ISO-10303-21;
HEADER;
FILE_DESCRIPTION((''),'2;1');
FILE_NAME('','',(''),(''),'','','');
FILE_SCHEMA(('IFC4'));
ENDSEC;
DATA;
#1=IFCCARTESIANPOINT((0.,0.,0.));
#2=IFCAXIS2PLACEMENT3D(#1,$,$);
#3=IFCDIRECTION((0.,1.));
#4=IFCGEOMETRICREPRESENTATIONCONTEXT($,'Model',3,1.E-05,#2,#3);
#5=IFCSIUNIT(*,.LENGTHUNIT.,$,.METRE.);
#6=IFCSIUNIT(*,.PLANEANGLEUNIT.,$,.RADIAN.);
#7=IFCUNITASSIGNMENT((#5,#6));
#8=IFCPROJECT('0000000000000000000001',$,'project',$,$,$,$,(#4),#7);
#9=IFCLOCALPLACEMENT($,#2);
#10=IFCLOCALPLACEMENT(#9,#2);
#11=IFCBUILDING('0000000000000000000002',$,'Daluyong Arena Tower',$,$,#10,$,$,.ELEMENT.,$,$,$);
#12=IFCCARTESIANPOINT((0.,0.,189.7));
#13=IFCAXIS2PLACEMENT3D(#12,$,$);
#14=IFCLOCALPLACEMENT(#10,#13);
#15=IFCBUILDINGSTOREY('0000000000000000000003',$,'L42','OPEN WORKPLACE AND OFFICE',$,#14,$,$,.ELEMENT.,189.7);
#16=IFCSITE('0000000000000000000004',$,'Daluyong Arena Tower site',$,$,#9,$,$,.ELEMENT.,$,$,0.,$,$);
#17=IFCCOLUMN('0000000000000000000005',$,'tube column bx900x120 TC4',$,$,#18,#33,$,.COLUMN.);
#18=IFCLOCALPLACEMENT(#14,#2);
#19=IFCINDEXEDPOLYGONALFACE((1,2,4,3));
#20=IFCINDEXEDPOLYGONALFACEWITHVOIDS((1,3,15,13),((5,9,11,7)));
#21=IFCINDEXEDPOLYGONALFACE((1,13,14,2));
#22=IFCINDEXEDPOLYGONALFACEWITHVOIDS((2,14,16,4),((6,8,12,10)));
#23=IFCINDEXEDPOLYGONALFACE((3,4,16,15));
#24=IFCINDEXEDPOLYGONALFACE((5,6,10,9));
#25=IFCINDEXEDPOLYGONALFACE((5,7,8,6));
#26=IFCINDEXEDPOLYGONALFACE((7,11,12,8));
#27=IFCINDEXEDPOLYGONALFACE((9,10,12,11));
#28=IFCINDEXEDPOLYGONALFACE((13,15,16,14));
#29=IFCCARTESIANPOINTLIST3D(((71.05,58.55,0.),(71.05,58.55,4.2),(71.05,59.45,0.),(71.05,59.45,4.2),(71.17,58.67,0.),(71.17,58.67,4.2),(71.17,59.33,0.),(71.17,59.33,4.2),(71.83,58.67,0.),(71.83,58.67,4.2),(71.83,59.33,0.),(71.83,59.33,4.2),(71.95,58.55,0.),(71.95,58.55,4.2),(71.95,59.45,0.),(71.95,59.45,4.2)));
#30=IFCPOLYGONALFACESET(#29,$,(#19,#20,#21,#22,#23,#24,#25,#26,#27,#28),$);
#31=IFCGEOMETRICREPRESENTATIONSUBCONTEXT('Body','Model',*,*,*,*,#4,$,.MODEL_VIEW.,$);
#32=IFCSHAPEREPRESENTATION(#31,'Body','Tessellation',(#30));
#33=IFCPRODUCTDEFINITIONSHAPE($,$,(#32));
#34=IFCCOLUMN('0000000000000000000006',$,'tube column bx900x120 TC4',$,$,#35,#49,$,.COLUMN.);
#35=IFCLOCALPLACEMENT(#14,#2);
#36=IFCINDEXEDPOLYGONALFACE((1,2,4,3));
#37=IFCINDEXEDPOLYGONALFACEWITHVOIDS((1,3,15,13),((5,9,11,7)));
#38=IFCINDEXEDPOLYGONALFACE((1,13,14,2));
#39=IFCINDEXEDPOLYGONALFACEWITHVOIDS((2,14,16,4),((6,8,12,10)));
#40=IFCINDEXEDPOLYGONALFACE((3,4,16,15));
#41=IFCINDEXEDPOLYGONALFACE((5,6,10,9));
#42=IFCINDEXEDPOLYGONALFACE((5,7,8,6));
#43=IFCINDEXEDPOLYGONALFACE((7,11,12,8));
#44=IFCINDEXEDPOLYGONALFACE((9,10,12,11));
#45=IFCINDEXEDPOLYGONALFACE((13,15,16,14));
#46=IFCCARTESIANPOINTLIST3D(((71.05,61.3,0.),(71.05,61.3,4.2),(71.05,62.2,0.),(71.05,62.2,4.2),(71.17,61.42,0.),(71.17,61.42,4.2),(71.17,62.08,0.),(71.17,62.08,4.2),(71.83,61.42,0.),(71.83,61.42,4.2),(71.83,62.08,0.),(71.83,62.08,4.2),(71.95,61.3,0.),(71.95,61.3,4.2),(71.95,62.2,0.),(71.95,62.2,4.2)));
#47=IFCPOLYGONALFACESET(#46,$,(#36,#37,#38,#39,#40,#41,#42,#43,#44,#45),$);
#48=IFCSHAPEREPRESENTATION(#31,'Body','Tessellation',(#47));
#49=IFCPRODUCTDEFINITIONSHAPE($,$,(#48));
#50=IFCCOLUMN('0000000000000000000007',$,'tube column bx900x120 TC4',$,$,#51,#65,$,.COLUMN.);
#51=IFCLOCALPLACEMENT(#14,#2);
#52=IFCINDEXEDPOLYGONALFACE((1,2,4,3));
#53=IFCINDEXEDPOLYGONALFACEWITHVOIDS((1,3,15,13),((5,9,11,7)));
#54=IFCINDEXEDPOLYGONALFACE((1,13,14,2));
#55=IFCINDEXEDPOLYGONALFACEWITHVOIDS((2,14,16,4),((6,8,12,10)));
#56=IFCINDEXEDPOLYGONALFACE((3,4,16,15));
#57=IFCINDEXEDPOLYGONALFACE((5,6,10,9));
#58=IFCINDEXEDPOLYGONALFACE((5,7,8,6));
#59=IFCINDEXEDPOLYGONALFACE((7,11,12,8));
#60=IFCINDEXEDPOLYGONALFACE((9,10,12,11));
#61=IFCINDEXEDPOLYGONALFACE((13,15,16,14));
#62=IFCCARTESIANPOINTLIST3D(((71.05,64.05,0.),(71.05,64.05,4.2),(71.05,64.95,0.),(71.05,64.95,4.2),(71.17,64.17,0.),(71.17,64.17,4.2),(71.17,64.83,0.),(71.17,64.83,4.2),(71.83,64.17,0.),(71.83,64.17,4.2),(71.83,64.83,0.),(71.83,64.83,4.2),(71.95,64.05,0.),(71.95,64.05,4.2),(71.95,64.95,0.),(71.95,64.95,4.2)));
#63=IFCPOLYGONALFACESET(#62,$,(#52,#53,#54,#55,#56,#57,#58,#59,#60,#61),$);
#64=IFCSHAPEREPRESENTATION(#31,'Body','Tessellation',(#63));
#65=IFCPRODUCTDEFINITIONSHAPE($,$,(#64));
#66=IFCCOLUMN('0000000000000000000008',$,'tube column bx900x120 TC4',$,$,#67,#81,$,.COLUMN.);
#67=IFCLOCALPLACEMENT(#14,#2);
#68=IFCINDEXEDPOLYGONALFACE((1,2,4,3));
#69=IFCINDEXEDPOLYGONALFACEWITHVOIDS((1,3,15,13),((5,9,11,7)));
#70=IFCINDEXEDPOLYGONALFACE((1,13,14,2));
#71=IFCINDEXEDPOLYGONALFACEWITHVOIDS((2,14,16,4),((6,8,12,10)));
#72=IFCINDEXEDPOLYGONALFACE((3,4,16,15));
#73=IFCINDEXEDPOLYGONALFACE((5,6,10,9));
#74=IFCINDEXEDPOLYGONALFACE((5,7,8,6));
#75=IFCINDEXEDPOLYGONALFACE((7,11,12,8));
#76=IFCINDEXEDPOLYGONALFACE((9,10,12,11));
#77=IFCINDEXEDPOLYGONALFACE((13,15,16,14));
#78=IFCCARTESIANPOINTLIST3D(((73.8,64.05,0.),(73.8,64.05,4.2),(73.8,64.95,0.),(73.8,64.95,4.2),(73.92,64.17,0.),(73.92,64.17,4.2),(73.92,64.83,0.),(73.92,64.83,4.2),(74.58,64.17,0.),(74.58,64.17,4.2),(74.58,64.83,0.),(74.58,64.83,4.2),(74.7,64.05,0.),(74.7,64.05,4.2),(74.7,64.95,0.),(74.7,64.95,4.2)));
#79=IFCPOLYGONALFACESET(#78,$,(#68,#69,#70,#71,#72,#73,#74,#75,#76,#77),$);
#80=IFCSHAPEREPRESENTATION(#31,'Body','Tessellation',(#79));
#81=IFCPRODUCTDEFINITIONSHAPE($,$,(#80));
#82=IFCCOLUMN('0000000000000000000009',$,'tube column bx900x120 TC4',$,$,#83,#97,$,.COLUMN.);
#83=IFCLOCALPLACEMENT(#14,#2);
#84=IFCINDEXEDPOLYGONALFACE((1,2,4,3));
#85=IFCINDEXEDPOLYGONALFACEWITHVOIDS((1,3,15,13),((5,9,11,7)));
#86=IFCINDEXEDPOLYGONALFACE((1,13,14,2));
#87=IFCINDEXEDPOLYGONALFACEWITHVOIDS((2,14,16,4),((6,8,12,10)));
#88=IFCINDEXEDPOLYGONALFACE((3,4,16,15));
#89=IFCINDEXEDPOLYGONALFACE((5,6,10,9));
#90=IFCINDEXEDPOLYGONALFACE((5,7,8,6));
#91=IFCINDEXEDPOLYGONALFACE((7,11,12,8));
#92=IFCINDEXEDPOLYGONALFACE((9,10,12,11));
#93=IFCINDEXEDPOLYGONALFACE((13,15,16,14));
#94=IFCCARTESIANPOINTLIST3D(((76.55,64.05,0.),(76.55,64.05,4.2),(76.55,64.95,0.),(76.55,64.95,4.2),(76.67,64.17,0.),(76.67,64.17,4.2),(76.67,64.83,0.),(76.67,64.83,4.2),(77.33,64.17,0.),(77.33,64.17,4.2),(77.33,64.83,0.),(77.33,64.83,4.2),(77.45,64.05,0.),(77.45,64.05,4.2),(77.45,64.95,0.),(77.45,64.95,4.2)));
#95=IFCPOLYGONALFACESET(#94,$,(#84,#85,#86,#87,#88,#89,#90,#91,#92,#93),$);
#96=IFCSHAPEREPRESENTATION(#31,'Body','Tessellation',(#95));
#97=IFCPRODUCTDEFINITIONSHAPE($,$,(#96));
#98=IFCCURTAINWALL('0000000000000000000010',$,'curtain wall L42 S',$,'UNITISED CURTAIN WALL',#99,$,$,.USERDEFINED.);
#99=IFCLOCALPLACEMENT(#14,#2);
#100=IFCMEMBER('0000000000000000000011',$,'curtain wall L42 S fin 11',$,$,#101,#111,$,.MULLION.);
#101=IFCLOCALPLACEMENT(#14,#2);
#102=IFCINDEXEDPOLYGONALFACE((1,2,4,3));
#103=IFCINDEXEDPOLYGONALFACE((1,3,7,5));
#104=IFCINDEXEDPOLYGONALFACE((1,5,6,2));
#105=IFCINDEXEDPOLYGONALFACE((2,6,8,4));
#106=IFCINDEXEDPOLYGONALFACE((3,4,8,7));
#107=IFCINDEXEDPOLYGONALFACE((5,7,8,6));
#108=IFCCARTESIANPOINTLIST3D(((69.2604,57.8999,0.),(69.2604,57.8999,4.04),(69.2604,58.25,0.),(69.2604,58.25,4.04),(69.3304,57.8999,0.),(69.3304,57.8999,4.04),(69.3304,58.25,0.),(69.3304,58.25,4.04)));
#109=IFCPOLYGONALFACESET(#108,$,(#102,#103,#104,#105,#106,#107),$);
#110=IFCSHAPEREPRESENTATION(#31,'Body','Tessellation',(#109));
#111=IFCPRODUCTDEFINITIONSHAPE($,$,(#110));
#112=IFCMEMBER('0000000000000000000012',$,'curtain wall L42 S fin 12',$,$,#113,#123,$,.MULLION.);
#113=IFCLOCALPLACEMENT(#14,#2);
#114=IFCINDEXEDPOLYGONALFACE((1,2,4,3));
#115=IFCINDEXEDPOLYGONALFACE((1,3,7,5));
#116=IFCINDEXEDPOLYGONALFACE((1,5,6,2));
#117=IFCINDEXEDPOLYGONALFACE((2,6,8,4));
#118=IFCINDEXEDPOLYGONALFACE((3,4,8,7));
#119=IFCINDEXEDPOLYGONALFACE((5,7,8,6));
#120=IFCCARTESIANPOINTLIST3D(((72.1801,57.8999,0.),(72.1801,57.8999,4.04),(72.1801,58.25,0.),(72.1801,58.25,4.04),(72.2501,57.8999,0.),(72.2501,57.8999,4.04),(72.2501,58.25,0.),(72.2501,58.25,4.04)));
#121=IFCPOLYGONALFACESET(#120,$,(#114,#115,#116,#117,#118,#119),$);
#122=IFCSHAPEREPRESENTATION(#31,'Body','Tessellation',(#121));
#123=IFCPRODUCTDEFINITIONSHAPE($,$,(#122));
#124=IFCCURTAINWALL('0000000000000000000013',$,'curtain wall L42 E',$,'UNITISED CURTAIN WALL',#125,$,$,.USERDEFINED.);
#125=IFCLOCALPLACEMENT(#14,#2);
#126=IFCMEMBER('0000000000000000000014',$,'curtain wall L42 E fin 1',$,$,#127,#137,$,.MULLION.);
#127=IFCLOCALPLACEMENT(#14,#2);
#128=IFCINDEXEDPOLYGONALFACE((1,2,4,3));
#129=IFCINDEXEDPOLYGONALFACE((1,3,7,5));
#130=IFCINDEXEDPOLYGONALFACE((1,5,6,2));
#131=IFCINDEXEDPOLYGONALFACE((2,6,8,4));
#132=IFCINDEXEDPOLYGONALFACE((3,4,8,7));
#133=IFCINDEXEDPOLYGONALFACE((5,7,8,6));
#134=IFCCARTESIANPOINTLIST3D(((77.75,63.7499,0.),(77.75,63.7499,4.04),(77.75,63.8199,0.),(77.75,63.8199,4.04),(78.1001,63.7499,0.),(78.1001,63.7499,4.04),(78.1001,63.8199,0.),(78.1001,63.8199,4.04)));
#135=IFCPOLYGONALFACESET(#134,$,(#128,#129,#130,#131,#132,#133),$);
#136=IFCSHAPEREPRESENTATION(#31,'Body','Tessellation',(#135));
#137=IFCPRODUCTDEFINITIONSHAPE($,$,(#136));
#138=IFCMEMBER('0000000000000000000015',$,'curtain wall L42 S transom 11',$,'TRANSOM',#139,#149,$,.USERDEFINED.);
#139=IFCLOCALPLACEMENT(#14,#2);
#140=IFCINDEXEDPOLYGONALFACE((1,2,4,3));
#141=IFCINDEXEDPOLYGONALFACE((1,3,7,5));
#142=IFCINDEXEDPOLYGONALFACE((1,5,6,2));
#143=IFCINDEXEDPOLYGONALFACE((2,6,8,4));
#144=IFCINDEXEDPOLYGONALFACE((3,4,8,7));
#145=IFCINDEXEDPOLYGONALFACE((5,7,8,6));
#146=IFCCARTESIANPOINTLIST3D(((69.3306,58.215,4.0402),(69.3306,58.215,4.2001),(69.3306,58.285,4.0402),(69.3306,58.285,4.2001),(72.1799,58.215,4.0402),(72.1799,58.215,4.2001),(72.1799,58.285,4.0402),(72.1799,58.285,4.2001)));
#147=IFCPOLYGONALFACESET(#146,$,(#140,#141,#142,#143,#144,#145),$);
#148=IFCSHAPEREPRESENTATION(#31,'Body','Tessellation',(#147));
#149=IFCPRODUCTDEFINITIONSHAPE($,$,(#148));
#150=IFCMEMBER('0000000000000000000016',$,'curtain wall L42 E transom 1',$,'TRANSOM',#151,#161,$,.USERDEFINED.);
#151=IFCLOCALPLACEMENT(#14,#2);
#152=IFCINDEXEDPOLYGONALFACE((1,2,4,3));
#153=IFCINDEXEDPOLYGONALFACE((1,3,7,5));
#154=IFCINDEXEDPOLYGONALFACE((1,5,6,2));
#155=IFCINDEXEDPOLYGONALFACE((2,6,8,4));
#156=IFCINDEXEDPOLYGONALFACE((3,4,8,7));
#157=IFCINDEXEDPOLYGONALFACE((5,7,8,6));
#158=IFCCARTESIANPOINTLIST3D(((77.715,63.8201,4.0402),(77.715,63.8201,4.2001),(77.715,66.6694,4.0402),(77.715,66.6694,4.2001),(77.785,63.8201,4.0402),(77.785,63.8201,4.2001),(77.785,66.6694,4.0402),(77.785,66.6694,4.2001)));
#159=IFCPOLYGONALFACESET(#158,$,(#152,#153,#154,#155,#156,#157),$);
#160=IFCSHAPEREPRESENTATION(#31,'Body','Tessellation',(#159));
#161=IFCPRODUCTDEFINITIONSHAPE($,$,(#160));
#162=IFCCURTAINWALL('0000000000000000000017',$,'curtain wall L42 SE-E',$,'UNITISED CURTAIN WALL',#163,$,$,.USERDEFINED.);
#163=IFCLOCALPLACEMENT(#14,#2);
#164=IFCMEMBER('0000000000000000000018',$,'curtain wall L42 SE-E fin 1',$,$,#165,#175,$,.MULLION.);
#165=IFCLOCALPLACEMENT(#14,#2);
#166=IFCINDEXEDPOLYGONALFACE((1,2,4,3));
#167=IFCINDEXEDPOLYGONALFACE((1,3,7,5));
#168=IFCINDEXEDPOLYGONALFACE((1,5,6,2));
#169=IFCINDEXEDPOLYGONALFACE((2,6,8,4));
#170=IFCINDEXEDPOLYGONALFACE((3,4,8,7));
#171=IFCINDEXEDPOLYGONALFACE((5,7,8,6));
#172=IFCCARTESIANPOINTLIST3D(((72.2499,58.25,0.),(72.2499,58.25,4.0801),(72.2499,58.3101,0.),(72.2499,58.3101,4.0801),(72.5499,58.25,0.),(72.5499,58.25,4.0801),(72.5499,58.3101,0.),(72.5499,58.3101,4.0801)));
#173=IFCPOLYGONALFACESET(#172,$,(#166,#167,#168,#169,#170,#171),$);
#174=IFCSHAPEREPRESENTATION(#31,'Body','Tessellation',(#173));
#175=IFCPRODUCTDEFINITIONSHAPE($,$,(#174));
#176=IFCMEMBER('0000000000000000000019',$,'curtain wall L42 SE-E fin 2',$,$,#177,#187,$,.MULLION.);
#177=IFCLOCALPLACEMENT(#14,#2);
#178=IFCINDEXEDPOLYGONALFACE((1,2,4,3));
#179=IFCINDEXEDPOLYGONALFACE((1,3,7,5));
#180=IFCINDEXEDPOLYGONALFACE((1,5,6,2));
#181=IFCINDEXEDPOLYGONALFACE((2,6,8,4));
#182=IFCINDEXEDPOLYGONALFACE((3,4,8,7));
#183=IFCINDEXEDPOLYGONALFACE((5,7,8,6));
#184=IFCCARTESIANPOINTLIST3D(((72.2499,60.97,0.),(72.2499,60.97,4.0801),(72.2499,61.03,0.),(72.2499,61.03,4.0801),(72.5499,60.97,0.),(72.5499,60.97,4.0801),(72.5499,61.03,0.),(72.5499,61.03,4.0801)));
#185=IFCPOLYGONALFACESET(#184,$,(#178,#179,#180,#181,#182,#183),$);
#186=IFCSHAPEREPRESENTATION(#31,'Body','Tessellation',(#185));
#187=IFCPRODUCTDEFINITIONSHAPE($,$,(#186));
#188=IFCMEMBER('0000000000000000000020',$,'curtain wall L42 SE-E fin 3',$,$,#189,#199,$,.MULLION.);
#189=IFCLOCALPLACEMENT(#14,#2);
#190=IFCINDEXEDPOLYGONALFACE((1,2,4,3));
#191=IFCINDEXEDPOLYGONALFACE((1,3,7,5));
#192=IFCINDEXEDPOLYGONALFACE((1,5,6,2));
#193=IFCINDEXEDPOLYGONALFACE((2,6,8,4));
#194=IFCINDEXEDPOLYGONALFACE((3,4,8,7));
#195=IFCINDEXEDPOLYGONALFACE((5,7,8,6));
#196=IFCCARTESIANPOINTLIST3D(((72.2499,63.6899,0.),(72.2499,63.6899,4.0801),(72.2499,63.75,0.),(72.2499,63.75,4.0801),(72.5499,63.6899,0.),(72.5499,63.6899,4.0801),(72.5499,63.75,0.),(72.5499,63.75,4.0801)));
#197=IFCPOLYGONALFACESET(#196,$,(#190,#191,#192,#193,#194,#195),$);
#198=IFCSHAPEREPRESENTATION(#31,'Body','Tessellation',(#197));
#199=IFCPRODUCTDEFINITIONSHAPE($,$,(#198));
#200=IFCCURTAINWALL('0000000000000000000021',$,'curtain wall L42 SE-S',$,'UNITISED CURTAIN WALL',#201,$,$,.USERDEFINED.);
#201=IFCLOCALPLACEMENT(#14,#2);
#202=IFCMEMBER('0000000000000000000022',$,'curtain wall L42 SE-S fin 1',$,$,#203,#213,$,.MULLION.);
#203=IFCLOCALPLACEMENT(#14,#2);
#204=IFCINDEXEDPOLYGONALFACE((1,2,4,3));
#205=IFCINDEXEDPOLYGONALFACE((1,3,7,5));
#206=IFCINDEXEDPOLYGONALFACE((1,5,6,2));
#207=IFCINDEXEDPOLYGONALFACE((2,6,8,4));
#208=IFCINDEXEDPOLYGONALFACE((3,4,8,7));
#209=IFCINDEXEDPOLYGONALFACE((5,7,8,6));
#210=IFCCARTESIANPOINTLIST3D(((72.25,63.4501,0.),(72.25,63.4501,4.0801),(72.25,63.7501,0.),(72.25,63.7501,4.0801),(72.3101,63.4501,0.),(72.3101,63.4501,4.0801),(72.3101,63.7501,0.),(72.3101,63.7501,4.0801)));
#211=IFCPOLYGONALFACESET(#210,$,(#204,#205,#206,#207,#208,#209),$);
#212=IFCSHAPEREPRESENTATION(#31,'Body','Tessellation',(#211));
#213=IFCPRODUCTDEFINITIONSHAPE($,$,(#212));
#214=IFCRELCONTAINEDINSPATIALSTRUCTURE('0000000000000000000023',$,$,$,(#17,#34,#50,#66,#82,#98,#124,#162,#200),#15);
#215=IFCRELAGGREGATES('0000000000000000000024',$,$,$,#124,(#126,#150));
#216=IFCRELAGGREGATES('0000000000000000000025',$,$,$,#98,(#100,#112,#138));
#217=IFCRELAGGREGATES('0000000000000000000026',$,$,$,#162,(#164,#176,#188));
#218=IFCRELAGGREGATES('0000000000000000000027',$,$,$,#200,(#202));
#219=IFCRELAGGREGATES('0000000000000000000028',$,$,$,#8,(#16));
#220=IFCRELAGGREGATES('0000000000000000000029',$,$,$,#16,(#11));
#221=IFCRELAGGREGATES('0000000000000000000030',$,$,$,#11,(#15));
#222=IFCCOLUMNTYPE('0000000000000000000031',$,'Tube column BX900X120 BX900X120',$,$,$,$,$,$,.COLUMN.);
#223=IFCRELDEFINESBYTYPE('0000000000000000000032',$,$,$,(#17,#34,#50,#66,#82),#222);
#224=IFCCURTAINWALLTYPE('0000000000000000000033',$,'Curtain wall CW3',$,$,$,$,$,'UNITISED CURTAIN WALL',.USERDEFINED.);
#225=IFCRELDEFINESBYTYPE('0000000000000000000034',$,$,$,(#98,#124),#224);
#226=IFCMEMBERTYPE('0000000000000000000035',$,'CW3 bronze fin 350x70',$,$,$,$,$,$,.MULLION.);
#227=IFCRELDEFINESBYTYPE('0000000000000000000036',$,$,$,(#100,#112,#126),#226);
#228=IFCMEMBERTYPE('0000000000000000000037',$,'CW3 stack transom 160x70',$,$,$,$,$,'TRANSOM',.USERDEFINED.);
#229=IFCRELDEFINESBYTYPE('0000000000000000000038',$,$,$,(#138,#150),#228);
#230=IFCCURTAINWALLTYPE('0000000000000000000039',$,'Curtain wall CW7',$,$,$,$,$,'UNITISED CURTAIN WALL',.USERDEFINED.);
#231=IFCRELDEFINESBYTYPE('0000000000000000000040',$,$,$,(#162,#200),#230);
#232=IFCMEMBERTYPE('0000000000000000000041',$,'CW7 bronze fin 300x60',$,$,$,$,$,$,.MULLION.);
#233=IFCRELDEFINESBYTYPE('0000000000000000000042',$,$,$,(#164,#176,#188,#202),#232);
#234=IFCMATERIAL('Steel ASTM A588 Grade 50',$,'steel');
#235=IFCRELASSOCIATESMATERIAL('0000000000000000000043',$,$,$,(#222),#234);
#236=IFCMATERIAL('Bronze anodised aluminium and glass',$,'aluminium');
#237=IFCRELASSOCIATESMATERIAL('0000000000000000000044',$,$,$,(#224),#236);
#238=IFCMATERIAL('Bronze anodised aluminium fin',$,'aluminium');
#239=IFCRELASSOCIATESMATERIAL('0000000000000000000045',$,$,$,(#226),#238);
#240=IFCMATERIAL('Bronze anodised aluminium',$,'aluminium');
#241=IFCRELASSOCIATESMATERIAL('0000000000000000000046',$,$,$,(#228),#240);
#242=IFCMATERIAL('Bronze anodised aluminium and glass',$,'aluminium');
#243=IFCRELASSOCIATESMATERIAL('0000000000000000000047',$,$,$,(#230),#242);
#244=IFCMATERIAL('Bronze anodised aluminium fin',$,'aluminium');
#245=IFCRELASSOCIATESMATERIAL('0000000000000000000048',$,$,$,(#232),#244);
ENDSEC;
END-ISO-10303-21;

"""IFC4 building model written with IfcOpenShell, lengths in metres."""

from ifc_helpers import new_model, si_unit, direction, frame, origin, origin_2d, place, context, subcontext, project, spatial, rectangle, hollow_rectangle, extrude, material, material_profile, profile_set, type_object, element, aggregate, save


model = new_model("IFC4")

# Units and contexts
model_context = context("Model", 3, precision=1e-05, world=origin(), true_north=direction((0.0, 1.0)))
body_context = subcontext(model_context, "Body", "Model", "MODEL_VIEW")
ifc_project = project(units=[si_unit("LENGTHUNIT", "METRE"), si_unit("PLANEANGLEUNIT", "RADIAN")], contexts=[model_context])

# Site, building, storey
site_placement = place(None, origin())
site = spatial("IfcSite", under=ifc_project, at=site_placement, Name="Daluyong Arena Tower site", CompositionType="ELEMENT", RefElevation=0.0)
building_placement = place(site_placement, origin())
building = spatial("IfcBuilding", under=site, at=building_placement, Name="Daluyong Arena Tower", CompositionType="ELEMENT")
storey_placement = place(building_placement, frame((0.0, 0.0, 189.7)))
storey = spatial("IfcBuildingStorey", under=building, at=storey_placement, Name="L42", Description="OPEN WORKPLACE AND OFFICE", CompositionType="ELEMENT", Elevation=189.7)

# Columns
ifc_material_1 = material(Name="Steel ASTM A588 Grade 50", Category="steel")
ifc_material_profile_1 = material_profile(ifc_material_1, hollow_rectangle(XDim=0.8999, YDim=0.8999, WallThickness=0.12, at=origin_2d()))
ifc_profile_set_1 = profile_set([ifc_material_profile_1], Name="Steel ASTM A588 Grade 50")
column_type = type_object("IfcColumnType", Name="Tube column BX900X120 BX900X120", PredefinedType="COLUMN", material=ifc_profile_set_1)
for number, where, z_axis, x_axis, name in (
    (1, (71.5, 59.0, 0.0), (0.0, 0.0, 1.0), (0.0, 1.0, 0.0), "tube column bx900x120 TC4"),
    (2, (71.5, 61.75, 0.0), (0.0, 0.0, 1.0), (0.0, 1.0, 0.0), "tube column bx900x120 TC4"),
    (3, (71.5, 64.5, 0.0), (0.0, 0.0, 1.0), (1.0, 0.0, 0.0), "tube column bx900x120 TC4"),
    (4, (74.25, 64.5, 0.0), (0.0, 0.0, 1.0), (1.0, 0.0, 0.0), "tube column bx900x120 TC4"),
    (5, (77.0, 64.5, 0.0), (0.0, 0.0, 1.0), (0.0, 1.0, 0.0), "tube column bx900x120 TC4"),
):
    element("IfcColumn", number, at=place(storey_placement, frame(where, z_axis=z_axis, x_axis=x_axis)), inside=storey, type_object=column_type, Name=name, PredefinedType="COLUMN", context=body_context, shape_type="SweptSolid", body=[
        extrude(hollow_rectangle(XDim=0.8999, YDim=0.8999, WallThickness=0.12, at=origin_2d()), origin(), (0.0, 0.0, 1.0), 4.2),
    ])

# Curtain wall, members
ifc_material_2 = material(Name="Bronze anodised aluminium and glass", Category="aluminium")
curtain_wall_type_1 = type_object("IfcCurtainWallType", Name="Curtain wall CW3", ElementType="UNITISED CURTAIN WALL", PredefinedType="USERDEFINED", material=ifc_material_2)
curtain_wall_1_placement = place(storey_placement, origin())
curtain_wall_1 = element("IfcCurtainWall", 6, at=curtain_wall_1_placement, inside=storey, type_object=curtain_wall_type_1, Name="curtain wall L42 S", ObjectType="UNITISED CURTAIN WALL", PredefinedType="USERDEFINED")
ifc_material_3 = material(Name="Bronze anodised aluminium fin", Category="aluminium")
ifc_material_profile_2 = material_profile(ifc_material_3, rectangle(XDim=0.3501, YDim=0.0701, at=origin_2d()))
ifc_profile_set_2 = profile_set([ifc_material_profile_2], Name="Bronze anodised aluminium fin")
member_type_1 = type_object("IfcMemberType", Name="CW3 bronze fin 350x70", PredefinedType="MULLION", material=ifc_profile_set_2)
member_1_placement = place(storey_placement, frame((69.2954, 58.075, 0.0), z_axis=(0.0, 0.0, 1.0), x_axis=(0.0, 1.0, 0.0)))
member_1 = element("IfcMember", 7, at=member_1_placement, type_object=member_type_1, Name="curtain wall L42 S fin 11", PredefinedType="MULLION", context=body_context, shape_type="SweptSolid", body=[
    extrude(rectangle(XDim=0.3501, YDim=0.0701, at=origin_2d()), origin(), (0.0, 0.0, 1.0), 4.04),
])
member_2_placement = place(storey_placement, frame((72.2151, 58.075, 0.0), z_axis=(0.0, 0.0, 1.0), x_axis=(0.0, 1.0, 0.0)))
member_2 = element("IfcMember", 8, at=member_2_placement, type_object=member_type_1, Name="curtain wall L42 S fin 12", PredefinedType="MULLION", context=body_context, shape_type="SweptSolid", body=[
    extrude(rectangle(XDim=0.3501, YDim=0.0701, at=origin_2d()), origin(), (0.0, 0.0, 1.0), 4.04),
])

# Curtain wall, member
curtain_wall_2_placement = place(storey_placement, origin())
curtain_wall_2 = element("IfcCurtainWall", 9, at=curtain_wall_2_placement, inside=storey, type_object=curtain_wall_type_1, Name="curtain wall L42 E", ObjectType="UNITISED CURTAIN WALL", PredefinedType="USERDEFINED")
member_3_placement = place(storey_placement, frame((77.925, 63.7849, 0.0), z_axis=(0.0, 0.0, 1.0), x_axis=(-1.0, 0.0, 0.0)))
member_3 = element("IfcMember", 10, at=member_3_placement, type_object=member_type_1, Name="curtain wall L42 E fin 1", PredefinedType="MULLION", context=body_context, shape_type="SweptSolid", body=[
    extrude(rectangle(XDim=0.3501, YDim=0.0701, at=origin_2d()), origin(), (0.0, 0.0, 1.0), 4.04),
])

# Members
ifc_material_4 = material(Name="Bronze anodised aluminium", Category="aluminium")
ifc_material_profile_3 = material_profile(ifc_material_4, rectangle(XDim=0.0701, YDim=0.1599, at=origin_2d()))
ifc_profile_set_3 = profile_set([ifc_material_profile_3], Name="Bronze anodised aluminium")
member_type_2 = type_object("IfcMemberType", Name="CW3 stack transom 160x70", ElementType="TRANSOM", PredefinedType="USERDEFINED", material=ifc_profile_set_3)
member_4_placement = place(storey_placement, frame((69.3306, 58.25, 4.1201), z_axis=(1.0, 0.0, 0.0), x_axis=(0.0, 1.0, 0.0)))
member_4 = element("IfcMember", 11, at=member_4_placement, type_object=member_type_2, Name="curtain wall L42 S transom 11", ObjectType="TRANSOM", PredefinedType="USERDEFINED", context=body_context, shape_type="SweptSolid", body=[
    extrude(rectangle(XDim=0.0701, YDim=0.1599, at=origin_2d()), origin(), (0.0, 0.0, 1.0), 2.8494),
])
member_5_placement = place(storey_placement, frame((77.75, 63.8201, 4.1201), z_axis=(0.0, 1.0, 0.0), x_axis=(-1.0, 0.0, 0.0)))
member_5 = element("IfcMember", 12, at=member_5_placement, type_object=member_type_2, Name="curtain wall L42 E transom 1", ObjectType="TRANSOM", PredefinedType="USERDEFINED", context=body_context, shape_type="SweptSolid", body=[
    extrude(rectangle(XDim=0.0701, YDim=0.1599, at=origin_2d()), origin(), (0.0, 0.0, 1.0), 2.8494),
])
aggregate(curtain_wall_2, [member_3, member_5])

# Curtain walls, members
ifc_material_5 = material(Name="Bronze anodised aluminium and glass", Category="aluminium")
curtain_wall_type_2 = type_object("IfcCurtainWallType", Name="Curtain wall CW7", ElementType="UNITISED CURTAIN WALL", PredefinedType="USERDEFINED", material=ifc_material_5)
curtain_wall_3_placement = place(storey_placement, origin())
curtain_wall_3 = element("IfcCurtainWall", 13, at=curtain_wall_3_placement, inside=storey, type_object=curtain_wall_type_2, Name="curtain wall L42 SE-E", ObjectType="UNITISED CURTAIN WALL", PredefinedType="USERDEFINED")
ifc_material_6 = material(Name="Bronze anodised aluminium fin", Category="aluminium")
ifc_material_profile_4 = material_profile(ifc_material_6, rectangle(XDim=0.3, YDim=0.0601, at=origin_2d()))
ifc_profile_set_4 = profile_set([ifc_material_profile_4], Name="Bronze anodised aluminium fin")
member_type_3 = type_object("IfcMemberType", Name="CW7 bronze fin 300x60", PredefinedType="MULLION", material=ifc_profile_set_4)
member_6_placement = place(storey_placement, frame((72.3999, 58.28, 0.0), z_axis=(0.0, 0.0, 1.0), x_axis=(-1.0, 0.0, 0.0)))
member_6 = element("IfcMember", 14, at=member_6_placement, type_object=member_type_3, Name="curtain wall L42 SE-E fin 1", PredefinedType="MULLION", context=body_context, shape_type="SweptSolid", body=[
    extrude(rectangle(XDim=0.3, YDim=0.0601, at=origin_2d()), origin(), (0.0, 0.0, 1.0), 4.0801),
])
member_7_placement = place(storey_placement, frame((72.3999, 61.0, 0.0), z_axis=(0.0, 0.0, 1.0), x_axis=(-1.0, 0.0, 0.0)))
member_7 = element("IfcMember", 15, at=member_7_placement, type_object=member_type_3, Name="curtain wall L42 SE-E fin 2", PredefinedType="MULLION", context=body_context, shape_type="SweptSolid", body=[
    extrude(rectangle(XDim=0.3, YDim=0.0601, at=origin_2d()), origin(), (0.0, 0.0, 1.0), 4.0801),
])
member_8_placement = place(storey_placement, frame((72.3999, 63.72, 0.0), z_axis=(0.0, 0.0, 1.0), x_axis=(-1.0, 0.0, 0.0)))
member_8 = element("IfcMember", 16, at=member_8_placement, type_object=member_type_3, Name="curtain wall L42 SE-E fin 3", PredefinedType="MULLION", context=body_context, shape_type="SweptSolid", body=[
    extrude(rectangle(XDim=0.3, YDim=0.0601, at=origin_2d()), origin(), (0.0, 0.0, 1.0), 4.0801),
])
curtain_wall_4_placement = place(storey_placement, origin())
curtain_wall_4 = element("IfcCurtainWall", 17, at=curtain_wall_4_placement, inside=storey, type_object=curtain_wall_type_2, Name="curtain wall L42 SE-S", ObjectType="UNITISED CURTAIN WALL", PredefinedType="USERDEFINED")
member_9_placement = place(storey_placement, frame((72.28, 63.6001, 0.0), z_axis=(0.0, 0.0, 1.0), x_axis=(0.0, 1.0, 0.0)))
member_9 = element("IfcMember", 18, at=member_9_placement, type_object=member_type_3, Name="curtain wall L42 SE-S fin 1", PredefinedType="MULLION", context=body_context, shape_type="SweptSolid", body=[
    extrude(rectangle(XDim=0.3, YDim=0.0601, at=origin_2d()), origin(), (0.0, 0.0, 1.0), 4.0801),
])

aggregate(curtain_wall_1, [member_1, member_2, member_4])
aggregate(curtain_wall_3, [member_6, member_7, member_8])
aggregate(curtain_wall_4, [member_9])

save(model, "model.ifc")
